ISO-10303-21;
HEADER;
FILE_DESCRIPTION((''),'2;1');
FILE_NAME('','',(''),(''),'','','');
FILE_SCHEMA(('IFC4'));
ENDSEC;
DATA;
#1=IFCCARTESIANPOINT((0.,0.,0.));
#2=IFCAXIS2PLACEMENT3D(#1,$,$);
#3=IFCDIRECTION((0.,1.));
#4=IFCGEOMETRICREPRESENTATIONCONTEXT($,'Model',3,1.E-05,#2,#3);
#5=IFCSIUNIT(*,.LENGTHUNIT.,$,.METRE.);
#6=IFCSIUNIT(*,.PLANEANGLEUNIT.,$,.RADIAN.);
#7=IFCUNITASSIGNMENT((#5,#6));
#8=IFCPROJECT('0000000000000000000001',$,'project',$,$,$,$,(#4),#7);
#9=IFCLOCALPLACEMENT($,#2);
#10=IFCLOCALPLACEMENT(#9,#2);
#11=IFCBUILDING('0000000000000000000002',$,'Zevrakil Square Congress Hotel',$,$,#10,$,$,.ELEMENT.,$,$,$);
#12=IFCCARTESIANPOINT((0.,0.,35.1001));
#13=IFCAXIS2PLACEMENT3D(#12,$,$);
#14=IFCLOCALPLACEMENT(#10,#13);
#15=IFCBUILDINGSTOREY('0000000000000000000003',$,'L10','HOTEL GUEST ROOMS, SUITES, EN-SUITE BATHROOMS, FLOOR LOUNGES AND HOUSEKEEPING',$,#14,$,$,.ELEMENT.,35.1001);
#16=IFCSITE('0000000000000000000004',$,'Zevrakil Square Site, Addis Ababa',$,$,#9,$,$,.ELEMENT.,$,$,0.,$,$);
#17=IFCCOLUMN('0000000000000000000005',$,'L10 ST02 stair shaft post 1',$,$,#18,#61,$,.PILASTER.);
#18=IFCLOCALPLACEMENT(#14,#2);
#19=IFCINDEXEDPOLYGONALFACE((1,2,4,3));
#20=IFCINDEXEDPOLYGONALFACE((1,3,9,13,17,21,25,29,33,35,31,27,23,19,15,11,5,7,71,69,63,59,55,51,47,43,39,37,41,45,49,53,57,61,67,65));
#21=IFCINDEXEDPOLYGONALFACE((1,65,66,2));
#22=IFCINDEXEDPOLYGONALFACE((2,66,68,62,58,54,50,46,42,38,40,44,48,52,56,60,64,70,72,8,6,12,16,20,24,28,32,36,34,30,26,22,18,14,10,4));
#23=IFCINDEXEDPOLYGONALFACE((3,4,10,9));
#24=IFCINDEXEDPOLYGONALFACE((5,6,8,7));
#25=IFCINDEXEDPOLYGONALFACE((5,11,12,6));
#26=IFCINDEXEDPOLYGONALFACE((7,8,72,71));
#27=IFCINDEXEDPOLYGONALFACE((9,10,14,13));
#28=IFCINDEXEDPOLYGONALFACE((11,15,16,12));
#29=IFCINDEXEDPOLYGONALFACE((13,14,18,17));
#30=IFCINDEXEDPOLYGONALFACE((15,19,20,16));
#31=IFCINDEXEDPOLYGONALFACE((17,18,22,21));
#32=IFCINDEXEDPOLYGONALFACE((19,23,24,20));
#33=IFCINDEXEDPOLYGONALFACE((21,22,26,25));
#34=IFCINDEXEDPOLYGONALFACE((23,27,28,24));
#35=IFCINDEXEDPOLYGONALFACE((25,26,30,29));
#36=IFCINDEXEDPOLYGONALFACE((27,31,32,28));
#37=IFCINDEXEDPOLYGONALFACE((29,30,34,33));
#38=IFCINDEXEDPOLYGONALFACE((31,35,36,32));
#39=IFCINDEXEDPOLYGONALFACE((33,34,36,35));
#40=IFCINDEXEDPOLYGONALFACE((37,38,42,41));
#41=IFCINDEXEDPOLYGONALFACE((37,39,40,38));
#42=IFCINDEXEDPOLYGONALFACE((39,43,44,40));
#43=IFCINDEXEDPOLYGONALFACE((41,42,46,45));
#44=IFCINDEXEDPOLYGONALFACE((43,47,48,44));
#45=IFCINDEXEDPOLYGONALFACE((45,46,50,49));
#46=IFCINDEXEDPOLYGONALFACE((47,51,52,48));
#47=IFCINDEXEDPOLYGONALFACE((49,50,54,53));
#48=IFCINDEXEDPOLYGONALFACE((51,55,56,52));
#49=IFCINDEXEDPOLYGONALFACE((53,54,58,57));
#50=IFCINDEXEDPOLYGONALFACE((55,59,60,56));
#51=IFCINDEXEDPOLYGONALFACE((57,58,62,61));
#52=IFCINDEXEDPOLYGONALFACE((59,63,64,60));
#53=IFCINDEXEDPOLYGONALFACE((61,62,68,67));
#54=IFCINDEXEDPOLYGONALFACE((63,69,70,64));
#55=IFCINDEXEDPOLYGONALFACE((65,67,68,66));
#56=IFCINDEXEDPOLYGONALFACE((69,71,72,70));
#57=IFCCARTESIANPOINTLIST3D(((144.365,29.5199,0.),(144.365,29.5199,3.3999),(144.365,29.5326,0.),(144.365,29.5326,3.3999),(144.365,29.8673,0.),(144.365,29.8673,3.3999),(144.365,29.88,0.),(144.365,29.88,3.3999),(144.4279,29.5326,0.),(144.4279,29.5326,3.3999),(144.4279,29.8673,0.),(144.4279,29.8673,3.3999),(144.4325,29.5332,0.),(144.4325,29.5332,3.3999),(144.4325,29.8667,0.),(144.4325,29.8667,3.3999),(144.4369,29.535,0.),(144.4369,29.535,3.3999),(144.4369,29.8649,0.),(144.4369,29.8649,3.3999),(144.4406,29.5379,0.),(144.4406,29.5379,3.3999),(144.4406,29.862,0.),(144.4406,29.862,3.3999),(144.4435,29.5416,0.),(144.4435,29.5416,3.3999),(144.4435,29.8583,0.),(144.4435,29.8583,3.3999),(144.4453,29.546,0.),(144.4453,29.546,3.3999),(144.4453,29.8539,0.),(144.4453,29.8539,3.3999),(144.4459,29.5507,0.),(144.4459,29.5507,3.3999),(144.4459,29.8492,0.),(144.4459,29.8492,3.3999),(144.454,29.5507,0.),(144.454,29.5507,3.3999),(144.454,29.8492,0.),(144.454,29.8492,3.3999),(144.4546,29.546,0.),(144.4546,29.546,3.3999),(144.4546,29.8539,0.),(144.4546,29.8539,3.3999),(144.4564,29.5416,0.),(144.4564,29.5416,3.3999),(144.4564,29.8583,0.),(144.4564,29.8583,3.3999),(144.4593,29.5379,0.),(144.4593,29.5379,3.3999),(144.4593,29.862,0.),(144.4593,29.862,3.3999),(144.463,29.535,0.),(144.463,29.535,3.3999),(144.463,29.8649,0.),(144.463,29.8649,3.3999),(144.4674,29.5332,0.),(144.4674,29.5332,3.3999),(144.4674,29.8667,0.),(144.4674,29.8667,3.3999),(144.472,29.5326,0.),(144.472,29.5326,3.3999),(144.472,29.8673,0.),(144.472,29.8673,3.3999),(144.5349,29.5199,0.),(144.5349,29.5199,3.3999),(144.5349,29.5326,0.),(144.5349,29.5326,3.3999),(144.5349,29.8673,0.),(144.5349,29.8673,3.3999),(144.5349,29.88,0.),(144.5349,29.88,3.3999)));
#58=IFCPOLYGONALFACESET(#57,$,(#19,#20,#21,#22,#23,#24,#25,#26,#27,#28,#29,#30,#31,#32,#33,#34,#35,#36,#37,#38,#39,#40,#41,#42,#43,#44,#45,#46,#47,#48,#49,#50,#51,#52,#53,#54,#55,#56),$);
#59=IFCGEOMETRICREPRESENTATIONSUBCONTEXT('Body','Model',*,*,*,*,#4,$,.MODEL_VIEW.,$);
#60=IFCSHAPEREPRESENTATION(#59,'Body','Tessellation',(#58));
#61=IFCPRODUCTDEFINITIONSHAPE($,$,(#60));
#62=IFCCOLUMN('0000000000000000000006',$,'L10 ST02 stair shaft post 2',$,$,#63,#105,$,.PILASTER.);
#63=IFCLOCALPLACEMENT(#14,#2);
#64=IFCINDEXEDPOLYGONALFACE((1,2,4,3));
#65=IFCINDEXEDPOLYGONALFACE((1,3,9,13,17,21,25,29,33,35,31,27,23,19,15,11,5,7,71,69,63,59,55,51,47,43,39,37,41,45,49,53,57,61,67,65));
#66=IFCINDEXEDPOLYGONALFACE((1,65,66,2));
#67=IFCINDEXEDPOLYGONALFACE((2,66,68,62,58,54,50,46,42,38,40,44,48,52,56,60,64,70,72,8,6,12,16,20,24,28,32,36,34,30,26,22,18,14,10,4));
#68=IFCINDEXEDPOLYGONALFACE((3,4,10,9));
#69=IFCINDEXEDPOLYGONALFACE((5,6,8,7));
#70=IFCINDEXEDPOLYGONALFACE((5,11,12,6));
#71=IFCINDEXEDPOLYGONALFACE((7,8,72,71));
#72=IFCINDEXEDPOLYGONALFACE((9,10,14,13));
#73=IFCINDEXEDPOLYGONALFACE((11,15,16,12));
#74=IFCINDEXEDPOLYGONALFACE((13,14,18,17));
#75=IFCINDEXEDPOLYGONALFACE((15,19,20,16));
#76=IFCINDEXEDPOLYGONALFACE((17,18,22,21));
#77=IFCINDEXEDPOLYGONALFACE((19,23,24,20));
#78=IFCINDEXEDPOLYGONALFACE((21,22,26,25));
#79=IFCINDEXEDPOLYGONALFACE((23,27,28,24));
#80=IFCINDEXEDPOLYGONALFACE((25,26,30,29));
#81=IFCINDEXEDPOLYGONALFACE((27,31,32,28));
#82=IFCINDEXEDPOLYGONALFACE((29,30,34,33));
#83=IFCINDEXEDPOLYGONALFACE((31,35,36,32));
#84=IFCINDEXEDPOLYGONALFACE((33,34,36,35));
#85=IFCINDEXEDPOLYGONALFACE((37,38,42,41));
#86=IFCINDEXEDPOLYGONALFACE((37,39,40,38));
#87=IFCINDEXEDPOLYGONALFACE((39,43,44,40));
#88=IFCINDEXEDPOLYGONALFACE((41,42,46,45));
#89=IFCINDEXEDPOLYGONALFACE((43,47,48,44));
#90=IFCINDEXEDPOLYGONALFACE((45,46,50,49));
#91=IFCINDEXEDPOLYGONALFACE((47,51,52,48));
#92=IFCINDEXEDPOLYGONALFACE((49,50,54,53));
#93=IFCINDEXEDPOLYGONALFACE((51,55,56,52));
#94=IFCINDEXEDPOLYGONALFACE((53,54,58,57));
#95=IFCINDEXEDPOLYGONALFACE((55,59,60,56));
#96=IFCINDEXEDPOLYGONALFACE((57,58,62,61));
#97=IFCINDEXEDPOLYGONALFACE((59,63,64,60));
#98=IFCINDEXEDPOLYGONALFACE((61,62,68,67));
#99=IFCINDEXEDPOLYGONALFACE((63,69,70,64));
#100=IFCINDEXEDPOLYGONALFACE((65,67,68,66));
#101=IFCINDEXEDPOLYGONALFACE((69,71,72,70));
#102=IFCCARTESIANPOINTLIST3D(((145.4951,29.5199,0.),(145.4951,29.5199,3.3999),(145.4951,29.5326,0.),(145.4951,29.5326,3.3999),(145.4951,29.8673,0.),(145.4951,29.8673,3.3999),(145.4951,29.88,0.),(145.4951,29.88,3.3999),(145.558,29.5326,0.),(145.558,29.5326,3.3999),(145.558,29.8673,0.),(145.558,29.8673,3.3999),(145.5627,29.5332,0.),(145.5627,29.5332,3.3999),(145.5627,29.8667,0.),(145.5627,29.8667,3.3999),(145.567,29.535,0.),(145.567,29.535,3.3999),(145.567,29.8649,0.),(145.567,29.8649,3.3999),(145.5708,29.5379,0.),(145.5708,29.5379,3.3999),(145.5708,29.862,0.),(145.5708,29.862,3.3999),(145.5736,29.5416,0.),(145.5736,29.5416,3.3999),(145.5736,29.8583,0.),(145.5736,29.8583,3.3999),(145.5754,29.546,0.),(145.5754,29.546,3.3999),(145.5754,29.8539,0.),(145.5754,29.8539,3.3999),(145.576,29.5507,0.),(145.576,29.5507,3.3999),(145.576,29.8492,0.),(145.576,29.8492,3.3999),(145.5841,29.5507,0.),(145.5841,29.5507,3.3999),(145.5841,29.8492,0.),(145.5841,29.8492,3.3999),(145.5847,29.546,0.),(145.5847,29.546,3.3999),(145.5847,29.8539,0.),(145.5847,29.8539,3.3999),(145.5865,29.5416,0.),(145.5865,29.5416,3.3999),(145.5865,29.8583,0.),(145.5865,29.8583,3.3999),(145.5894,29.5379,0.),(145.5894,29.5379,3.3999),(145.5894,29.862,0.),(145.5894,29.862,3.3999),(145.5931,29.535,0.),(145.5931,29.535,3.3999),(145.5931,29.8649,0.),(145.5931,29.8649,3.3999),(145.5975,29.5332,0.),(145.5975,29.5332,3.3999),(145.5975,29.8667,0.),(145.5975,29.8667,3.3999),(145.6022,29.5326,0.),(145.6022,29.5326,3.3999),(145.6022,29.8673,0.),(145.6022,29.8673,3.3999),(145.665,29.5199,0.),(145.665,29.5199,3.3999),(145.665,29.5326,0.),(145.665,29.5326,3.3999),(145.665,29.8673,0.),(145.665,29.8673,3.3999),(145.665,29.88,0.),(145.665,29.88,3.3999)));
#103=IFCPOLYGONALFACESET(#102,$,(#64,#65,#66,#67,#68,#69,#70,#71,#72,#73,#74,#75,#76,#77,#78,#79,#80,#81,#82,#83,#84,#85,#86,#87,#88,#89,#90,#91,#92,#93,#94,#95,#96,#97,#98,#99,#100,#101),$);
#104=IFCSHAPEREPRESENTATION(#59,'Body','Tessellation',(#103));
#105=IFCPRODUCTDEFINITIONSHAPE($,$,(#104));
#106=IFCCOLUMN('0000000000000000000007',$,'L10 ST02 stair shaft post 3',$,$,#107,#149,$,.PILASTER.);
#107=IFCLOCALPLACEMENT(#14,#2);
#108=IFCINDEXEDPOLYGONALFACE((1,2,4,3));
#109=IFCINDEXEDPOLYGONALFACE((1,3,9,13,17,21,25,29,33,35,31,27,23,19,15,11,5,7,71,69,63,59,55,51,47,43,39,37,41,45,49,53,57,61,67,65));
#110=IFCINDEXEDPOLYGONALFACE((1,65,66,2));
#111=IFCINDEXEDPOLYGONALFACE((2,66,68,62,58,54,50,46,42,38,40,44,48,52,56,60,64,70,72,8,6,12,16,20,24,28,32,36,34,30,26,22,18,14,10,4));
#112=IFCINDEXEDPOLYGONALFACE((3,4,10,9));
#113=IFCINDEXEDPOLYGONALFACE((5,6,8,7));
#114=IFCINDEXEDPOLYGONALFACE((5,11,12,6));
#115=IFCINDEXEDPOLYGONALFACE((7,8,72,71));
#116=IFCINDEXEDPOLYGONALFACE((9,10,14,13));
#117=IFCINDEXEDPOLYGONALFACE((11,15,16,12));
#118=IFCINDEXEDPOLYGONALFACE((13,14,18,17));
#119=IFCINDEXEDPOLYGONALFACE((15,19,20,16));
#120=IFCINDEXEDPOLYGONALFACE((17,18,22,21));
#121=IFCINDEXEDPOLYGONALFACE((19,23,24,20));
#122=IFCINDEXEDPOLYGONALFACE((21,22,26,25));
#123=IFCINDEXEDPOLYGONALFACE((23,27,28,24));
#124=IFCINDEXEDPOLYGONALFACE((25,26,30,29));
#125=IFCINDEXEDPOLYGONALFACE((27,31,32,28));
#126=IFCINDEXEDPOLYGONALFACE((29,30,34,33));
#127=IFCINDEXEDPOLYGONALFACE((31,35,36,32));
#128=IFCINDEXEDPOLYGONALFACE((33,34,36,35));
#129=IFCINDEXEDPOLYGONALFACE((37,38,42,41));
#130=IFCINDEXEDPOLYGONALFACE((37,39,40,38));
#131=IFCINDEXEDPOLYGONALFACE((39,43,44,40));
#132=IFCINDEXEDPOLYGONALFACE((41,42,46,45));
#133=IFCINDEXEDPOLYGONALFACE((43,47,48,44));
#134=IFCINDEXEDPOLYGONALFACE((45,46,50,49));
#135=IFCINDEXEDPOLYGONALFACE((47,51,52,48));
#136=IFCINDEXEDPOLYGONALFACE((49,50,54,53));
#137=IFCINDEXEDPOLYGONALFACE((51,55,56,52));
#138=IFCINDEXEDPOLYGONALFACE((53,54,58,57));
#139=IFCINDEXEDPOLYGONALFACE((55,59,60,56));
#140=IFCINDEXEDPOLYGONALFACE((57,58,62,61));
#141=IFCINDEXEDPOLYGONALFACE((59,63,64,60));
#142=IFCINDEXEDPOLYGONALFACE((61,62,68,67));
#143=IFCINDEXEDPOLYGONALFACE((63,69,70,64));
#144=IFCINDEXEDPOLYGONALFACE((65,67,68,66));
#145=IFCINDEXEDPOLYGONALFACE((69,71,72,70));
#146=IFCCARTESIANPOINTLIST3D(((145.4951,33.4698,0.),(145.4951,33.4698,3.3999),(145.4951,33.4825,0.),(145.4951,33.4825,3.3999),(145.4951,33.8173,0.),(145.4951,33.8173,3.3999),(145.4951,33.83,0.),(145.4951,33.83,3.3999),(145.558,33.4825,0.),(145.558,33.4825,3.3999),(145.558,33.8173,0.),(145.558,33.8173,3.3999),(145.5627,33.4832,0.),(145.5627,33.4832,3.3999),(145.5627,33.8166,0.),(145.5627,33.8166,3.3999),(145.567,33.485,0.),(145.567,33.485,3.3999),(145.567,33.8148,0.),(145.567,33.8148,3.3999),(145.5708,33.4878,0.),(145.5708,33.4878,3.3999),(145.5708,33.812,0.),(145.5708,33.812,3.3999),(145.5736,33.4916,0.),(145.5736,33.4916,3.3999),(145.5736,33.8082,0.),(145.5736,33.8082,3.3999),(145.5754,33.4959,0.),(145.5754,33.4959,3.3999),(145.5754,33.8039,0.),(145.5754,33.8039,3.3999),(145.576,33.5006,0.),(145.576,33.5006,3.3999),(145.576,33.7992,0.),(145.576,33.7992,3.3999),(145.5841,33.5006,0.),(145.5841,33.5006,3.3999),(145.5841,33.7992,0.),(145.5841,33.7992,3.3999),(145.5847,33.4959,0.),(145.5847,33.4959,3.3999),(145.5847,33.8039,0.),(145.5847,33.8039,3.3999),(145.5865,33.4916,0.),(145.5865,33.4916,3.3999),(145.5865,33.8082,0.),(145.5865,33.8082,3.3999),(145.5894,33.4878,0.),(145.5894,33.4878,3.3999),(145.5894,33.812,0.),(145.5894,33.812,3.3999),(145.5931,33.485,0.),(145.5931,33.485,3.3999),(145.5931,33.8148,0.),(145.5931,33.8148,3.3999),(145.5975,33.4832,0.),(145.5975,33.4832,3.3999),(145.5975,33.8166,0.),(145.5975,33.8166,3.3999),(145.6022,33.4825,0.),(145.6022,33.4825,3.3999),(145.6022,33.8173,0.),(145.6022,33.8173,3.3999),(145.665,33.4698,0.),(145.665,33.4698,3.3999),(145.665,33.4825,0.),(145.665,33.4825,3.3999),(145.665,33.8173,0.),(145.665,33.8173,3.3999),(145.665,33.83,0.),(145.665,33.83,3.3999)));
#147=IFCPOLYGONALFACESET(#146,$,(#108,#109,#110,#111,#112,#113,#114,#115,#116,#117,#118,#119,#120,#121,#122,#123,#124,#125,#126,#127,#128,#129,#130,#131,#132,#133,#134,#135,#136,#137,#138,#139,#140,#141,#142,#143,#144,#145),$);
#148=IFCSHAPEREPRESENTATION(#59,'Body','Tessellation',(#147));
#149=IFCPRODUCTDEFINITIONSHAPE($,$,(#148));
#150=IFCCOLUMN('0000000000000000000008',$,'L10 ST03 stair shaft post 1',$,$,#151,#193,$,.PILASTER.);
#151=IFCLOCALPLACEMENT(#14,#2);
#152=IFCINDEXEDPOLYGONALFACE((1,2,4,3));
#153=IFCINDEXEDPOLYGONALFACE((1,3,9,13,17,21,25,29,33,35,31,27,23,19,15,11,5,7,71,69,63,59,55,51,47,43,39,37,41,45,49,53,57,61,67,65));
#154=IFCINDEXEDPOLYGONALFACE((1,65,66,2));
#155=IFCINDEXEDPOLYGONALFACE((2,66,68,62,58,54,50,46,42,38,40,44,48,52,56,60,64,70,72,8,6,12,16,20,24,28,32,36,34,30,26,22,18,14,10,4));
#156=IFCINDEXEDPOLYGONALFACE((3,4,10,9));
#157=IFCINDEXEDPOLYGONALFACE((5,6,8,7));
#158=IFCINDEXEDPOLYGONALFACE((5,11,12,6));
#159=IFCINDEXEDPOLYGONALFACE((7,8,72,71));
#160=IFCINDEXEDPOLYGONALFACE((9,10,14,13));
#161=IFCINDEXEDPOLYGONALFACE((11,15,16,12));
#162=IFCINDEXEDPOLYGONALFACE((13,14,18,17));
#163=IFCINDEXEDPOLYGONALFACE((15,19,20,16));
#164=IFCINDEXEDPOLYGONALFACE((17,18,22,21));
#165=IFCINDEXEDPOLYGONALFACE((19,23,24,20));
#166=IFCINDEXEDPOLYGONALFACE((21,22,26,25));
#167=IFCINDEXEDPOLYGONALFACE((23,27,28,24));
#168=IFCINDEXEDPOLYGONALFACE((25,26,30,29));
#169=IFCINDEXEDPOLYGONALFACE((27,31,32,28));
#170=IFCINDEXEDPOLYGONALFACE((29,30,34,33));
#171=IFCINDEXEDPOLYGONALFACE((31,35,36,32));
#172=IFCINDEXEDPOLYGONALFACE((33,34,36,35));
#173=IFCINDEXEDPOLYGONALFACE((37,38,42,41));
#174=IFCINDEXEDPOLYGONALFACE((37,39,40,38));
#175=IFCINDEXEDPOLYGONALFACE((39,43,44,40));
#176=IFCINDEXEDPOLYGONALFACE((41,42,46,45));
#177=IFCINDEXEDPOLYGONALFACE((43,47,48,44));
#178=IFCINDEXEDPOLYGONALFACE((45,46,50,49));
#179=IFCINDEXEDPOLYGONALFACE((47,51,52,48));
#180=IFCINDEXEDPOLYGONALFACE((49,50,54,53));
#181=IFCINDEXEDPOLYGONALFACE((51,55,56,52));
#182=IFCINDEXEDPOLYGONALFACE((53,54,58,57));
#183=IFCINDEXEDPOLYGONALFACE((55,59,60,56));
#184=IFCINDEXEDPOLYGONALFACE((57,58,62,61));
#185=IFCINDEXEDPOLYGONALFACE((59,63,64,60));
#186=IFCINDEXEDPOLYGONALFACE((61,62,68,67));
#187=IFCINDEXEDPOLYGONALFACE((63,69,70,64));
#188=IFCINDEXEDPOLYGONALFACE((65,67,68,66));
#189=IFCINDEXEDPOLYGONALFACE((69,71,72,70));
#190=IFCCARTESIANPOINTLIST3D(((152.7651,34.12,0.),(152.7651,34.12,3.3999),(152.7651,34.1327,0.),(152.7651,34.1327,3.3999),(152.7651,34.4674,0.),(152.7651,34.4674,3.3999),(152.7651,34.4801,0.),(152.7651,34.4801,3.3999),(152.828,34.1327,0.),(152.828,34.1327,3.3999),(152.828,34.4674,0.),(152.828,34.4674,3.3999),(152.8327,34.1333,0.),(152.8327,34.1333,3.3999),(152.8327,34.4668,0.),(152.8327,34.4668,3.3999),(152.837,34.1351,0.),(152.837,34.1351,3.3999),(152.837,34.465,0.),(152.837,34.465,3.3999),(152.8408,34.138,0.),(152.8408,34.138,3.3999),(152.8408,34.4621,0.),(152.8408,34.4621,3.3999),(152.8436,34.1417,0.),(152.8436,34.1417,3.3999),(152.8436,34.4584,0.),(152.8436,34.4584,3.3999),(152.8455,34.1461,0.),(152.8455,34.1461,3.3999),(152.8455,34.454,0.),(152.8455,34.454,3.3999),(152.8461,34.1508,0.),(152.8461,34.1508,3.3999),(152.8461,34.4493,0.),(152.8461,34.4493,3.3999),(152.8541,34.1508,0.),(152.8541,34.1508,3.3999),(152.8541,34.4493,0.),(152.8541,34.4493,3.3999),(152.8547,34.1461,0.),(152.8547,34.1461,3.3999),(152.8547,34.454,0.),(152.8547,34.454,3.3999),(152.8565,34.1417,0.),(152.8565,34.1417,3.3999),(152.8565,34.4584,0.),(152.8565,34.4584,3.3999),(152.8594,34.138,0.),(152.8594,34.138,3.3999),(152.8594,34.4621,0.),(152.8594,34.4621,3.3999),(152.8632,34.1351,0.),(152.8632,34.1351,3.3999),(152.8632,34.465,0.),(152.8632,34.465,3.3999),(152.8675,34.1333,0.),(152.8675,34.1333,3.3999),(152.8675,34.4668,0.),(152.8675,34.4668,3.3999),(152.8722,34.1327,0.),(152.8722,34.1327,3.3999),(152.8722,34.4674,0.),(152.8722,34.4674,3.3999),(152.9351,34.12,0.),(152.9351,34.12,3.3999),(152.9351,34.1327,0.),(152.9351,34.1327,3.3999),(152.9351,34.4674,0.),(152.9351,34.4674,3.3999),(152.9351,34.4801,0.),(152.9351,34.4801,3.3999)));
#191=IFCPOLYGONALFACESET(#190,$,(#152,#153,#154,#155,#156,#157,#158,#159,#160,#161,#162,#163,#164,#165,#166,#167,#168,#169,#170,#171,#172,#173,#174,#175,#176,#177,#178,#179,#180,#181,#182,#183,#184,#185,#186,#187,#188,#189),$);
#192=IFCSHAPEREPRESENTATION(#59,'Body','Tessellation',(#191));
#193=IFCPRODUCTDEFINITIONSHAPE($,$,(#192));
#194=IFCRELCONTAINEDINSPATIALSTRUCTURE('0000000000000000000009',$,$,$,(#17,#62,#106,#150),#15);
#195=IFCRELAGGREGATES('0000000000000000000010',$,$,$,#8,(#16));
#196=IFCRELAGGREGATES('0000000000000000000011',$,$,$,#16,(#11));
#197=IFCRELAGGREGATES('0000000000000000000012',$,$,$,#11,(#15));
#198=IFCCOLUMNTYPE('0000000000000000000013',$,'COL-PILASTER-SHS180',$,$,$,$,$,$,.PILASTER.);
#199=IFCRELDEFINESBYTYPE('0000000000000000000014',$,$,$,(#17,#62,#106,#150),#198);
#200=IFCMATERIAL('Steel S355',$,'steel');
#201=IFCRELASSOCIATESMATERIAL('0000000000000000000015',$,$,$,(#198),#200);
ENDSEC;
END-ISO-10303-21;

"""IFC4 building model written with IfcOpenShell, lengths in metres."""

from ifc_helpers import new_model, si_unit, direction, frame, origin, origin_2d, place, context, subcontext, project, spatial, i_section, extrude, material, material_profile, profile_set, type_object, element, save


model = new_model("IFC4")

# Units and contexts
model_context = context("Model", 3, precision=1e-05, world=origin(), true_north=direction((0.0, 1.0)))
body_context = subcontext(model_context, "Body", "Model", "MODEL_VIEW")
ifc_project = project(units=[si_unit("LENGTHUNIT", "METRE"), si_unit("PLANEANGLEUNIT", "RADIAN")], contexts=[model_context])

# Site, building, storey
site_placement = place(None, origin())
site = spatial("IfcSite", under=ifc_project, at=site_placement, Name="Zevrakil Square Site, Addis Ababa", CompositionType="ELEMENT", RefElevation=0.0)
building_placement = place(site_placement, origin())
building = spatial("IfcBuilding", under=site, at=building_placement, Name="Zevrakil Square Congress Hotel", CompositionType="ELEMENT")
storey_placement = place(building_placement, frame((0.0, 0.0, 35.1001)))
storey = spatial("IfcBuildingStorey", under=building, at=storey_placement, Name="L10", Description="HOTEL GUEST ROOMS, SUITES, EN-SUITE BATHROOMS, FLOOR LOUNGES AND HOUSEKEEPING", CompositionType="ELEMENT", Elevation=35.1001)

# Columns
ifc_material_1 = material(Name="Steel S355", Category="steel")
ifc_material_profile = material_profile(ifc_material_1, i_section(OverallWidth=0.1699, OverallDepth=0.3601, WebThickness=0.0081, FlangeThickness=0.0127, FilletRadius=0.0181, at=origin_2d()), Name="IPE 360")
ifc_profile_set = profile_set([ifc_material_profile], Name="Steel S355")
column_type = type_object("IfcColumnType", Name="COL-PILASTER-SHS180", PredefinedType="PILASTER", material=ifc_profile_set)
for number, where, z_axis, x_axis, name in (
    (1, (144.45, 29.7, 0.0), (0.0, 0.0, 1.0), (1.0, 0.0, 0.0), "L10 ST02 stair shaft post 1"),
    (2, (145.5801, 29.7, 0.0), (0.0, 0.0, 1.0), (1.0, 0.0, 0.0), "L10 ST02 stair shaft post 2"),
    (3, (145.5801, 33.6499, 0.0), (0.0, 0.0, 1.0), (1.0, 0.0, 0.0), "L10 ST02 stair shaft post 3"),
    (4, (152.8501, 34.3, 0.0), (0.0, 0.0, 1.0), (1.0, 0.0, 0.0), "L10 ST03 stair shaft post 1"),
):
    element("IfcColumn", number, at=place(storey_placement, frame(where, z_axis=z_axis, x_axis=x_axis)), inside=storey, type_object=column_type, Name=name, PredefinedType="PILASTER", context=body_context, shape_type="SweptSolid", body=[
        extrude(i_section(OverallWidth=0.1699, OverallDepth=0.3601, WebThickness=0.0081, FlangeThickness=0.0127, FilletRadius=0.0181, at=origin_2d()), origin(), (0.0, 0.0, 1.0), 3.3999),
    ])

save(model, "model.ifc")
